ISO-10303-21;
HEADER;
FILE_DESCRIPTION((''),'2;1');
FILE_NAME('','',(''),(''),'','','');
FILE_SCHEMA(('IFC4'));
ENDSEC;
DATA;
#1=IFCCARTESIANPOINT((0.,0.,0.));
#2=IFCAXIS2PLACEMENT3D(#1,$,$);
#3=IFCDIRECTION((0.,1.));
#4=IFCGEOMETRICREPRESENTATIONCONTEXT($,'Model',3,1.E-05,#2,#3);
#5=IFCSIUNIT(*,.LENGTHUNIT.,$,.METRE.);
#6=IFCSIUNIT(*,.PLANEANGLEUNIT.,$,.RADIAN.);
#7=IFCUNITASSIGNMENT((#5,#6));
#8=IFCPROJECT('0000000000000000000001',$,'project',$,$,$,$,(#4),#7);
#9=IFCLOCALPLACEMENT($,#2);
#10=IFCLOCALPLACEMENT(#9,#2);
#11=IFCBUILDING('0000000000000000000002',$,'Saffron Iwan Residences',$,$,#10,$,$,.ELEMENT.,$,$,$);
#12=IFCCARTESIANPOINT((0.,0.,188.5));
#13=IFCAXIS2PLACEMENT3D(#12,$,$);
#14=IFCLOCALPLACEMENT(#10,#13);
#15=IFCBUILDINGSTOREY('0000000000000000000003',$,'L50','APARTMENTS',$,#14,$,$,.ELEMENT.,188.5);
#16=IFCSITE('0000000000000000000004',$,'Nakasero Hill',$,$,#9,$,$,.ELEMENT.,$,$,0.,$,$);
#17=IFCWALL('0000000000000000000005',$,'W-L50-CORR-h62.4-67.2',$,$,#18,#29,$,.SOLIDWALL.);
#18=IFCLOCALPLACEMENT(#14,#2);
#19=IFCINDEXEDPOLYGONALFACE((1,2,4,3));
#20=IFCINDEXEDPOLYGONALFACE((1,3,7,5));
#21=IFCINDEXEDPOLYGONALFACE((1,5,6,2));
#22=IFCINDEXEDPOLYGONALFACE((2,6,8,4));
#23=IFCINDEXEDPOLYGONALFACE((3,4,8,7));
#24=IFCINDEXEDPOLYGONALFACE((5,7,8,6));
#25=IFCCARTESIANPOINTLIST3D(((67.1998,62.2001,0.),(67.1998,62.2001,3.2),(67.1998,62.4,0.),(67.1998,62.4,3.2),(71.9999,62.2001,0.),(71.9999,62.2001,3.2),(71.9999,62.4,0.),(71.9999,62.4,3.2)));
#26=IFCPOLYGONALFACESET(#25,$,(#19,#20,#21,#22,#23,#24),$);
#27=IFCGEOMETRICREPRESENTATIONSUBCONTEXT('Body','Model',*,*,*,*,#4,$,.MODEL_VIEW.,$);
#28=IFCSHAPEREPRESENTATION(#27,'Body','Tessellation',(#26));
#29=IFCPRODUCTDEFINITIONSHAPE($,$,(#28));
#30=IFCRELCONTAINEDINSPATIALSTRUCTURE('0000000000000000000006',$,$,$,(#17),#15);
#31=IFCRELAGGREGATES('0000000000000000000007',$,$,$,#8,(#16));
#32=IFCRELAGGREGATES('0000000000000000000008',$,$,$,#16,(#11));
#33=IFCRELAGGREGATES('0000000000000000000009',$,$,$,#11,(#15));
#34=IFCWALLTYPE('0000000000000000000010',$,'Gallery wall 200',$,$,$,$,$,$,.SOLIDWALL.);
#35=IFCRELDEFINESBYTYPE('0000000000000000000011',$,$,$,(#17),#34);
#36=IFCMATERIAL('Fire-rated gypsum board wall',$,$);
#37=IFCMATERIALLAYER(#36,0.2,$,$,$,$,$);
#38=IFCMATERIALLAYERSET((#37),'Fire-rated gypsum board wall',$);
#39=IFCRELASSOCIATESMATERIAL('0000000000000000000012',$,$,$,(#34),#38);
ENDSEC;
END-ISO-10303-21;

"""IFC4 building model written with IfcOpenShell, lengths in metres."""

from ifc_helpers import new_model, si_unit, direction, frame, frame_2d, origin, place, context, subcontext, project, spatial, rectangle, extrude, material, layer, layer_set, type_object, element, save


model = new_model("IFC4")

# Units and contexts
model_context = context("Model", 3, precision=1e-05, world=origin(), true_north=direction((0.0, 1.0)))
body_context = subcontext(model_context, "Body", "Model", "MODEL_VIEW")
ifc_project = project(units=[si_unit("LENGTHUNIT", "METRE"), si_unit("PLANEANGLEUNIT", "RADIAN")], contexts=[model_context])

# Site, building, storey
site_placement = place(None, origin())
site = spatial("IfcSite", under=ifc_project, at=site_placement, Name="Nakasero Hill", CompositionType="ELEMENT", RefElevation=0.0)
building_placement = place(site_placement, origin())
building = spatial("IfcBuilding", under=site, at=building_placement, Name="Saffron Iwan Residences", CompositionType="ELEMENT")
storey_placement = place(building_placement, frame((0.0, 0.0, 188.5)))
storey = spatial("IfcBuildingStorey", under=building, at=storey_placement, Name="L50", Description="APARTMENTS", CompositionType="ELEMENT", Elevation=188.5)

# Shared definitions
ifc_material_1 = material(Name="Fire-rated gypsum board wall")

# Wall
ifc_layer_1 = layer(ifc_material_1, 0.2)
ifc_layer_set_1 = layer_set([ifc_layer_1], Name="Fire-rated gypsum board wall")
wall_type_1 = type_object("IfcWallType", Name="Gallery wall 200", PredefinedType="SOLIDWALL", material=ifc_layer_set_1)
wall_1_placement = place(storey_placement, frame((67.2, 62.3, 0.0), z_axis=(0.0, 0.0, 1.0), x_axis=(1.0, 0.0, 0.0)))
element("IfcWall", 1, at=wall_1_placement, inside=storey, type_object=wall_type_1, Name="W-L50-CORR-h62.4-67.2", PredefinedType="SOLIDWALL", context=body_context, shape_type="SweptSolid", body=[
    extrude(rectangle(XDim=4.8, YDim=0.2, at=frame_2d((2.3999, 0.0))), origin(), (0.0, 0.0, 1.0), 3.2),
])

save(model, "model.ifc")
